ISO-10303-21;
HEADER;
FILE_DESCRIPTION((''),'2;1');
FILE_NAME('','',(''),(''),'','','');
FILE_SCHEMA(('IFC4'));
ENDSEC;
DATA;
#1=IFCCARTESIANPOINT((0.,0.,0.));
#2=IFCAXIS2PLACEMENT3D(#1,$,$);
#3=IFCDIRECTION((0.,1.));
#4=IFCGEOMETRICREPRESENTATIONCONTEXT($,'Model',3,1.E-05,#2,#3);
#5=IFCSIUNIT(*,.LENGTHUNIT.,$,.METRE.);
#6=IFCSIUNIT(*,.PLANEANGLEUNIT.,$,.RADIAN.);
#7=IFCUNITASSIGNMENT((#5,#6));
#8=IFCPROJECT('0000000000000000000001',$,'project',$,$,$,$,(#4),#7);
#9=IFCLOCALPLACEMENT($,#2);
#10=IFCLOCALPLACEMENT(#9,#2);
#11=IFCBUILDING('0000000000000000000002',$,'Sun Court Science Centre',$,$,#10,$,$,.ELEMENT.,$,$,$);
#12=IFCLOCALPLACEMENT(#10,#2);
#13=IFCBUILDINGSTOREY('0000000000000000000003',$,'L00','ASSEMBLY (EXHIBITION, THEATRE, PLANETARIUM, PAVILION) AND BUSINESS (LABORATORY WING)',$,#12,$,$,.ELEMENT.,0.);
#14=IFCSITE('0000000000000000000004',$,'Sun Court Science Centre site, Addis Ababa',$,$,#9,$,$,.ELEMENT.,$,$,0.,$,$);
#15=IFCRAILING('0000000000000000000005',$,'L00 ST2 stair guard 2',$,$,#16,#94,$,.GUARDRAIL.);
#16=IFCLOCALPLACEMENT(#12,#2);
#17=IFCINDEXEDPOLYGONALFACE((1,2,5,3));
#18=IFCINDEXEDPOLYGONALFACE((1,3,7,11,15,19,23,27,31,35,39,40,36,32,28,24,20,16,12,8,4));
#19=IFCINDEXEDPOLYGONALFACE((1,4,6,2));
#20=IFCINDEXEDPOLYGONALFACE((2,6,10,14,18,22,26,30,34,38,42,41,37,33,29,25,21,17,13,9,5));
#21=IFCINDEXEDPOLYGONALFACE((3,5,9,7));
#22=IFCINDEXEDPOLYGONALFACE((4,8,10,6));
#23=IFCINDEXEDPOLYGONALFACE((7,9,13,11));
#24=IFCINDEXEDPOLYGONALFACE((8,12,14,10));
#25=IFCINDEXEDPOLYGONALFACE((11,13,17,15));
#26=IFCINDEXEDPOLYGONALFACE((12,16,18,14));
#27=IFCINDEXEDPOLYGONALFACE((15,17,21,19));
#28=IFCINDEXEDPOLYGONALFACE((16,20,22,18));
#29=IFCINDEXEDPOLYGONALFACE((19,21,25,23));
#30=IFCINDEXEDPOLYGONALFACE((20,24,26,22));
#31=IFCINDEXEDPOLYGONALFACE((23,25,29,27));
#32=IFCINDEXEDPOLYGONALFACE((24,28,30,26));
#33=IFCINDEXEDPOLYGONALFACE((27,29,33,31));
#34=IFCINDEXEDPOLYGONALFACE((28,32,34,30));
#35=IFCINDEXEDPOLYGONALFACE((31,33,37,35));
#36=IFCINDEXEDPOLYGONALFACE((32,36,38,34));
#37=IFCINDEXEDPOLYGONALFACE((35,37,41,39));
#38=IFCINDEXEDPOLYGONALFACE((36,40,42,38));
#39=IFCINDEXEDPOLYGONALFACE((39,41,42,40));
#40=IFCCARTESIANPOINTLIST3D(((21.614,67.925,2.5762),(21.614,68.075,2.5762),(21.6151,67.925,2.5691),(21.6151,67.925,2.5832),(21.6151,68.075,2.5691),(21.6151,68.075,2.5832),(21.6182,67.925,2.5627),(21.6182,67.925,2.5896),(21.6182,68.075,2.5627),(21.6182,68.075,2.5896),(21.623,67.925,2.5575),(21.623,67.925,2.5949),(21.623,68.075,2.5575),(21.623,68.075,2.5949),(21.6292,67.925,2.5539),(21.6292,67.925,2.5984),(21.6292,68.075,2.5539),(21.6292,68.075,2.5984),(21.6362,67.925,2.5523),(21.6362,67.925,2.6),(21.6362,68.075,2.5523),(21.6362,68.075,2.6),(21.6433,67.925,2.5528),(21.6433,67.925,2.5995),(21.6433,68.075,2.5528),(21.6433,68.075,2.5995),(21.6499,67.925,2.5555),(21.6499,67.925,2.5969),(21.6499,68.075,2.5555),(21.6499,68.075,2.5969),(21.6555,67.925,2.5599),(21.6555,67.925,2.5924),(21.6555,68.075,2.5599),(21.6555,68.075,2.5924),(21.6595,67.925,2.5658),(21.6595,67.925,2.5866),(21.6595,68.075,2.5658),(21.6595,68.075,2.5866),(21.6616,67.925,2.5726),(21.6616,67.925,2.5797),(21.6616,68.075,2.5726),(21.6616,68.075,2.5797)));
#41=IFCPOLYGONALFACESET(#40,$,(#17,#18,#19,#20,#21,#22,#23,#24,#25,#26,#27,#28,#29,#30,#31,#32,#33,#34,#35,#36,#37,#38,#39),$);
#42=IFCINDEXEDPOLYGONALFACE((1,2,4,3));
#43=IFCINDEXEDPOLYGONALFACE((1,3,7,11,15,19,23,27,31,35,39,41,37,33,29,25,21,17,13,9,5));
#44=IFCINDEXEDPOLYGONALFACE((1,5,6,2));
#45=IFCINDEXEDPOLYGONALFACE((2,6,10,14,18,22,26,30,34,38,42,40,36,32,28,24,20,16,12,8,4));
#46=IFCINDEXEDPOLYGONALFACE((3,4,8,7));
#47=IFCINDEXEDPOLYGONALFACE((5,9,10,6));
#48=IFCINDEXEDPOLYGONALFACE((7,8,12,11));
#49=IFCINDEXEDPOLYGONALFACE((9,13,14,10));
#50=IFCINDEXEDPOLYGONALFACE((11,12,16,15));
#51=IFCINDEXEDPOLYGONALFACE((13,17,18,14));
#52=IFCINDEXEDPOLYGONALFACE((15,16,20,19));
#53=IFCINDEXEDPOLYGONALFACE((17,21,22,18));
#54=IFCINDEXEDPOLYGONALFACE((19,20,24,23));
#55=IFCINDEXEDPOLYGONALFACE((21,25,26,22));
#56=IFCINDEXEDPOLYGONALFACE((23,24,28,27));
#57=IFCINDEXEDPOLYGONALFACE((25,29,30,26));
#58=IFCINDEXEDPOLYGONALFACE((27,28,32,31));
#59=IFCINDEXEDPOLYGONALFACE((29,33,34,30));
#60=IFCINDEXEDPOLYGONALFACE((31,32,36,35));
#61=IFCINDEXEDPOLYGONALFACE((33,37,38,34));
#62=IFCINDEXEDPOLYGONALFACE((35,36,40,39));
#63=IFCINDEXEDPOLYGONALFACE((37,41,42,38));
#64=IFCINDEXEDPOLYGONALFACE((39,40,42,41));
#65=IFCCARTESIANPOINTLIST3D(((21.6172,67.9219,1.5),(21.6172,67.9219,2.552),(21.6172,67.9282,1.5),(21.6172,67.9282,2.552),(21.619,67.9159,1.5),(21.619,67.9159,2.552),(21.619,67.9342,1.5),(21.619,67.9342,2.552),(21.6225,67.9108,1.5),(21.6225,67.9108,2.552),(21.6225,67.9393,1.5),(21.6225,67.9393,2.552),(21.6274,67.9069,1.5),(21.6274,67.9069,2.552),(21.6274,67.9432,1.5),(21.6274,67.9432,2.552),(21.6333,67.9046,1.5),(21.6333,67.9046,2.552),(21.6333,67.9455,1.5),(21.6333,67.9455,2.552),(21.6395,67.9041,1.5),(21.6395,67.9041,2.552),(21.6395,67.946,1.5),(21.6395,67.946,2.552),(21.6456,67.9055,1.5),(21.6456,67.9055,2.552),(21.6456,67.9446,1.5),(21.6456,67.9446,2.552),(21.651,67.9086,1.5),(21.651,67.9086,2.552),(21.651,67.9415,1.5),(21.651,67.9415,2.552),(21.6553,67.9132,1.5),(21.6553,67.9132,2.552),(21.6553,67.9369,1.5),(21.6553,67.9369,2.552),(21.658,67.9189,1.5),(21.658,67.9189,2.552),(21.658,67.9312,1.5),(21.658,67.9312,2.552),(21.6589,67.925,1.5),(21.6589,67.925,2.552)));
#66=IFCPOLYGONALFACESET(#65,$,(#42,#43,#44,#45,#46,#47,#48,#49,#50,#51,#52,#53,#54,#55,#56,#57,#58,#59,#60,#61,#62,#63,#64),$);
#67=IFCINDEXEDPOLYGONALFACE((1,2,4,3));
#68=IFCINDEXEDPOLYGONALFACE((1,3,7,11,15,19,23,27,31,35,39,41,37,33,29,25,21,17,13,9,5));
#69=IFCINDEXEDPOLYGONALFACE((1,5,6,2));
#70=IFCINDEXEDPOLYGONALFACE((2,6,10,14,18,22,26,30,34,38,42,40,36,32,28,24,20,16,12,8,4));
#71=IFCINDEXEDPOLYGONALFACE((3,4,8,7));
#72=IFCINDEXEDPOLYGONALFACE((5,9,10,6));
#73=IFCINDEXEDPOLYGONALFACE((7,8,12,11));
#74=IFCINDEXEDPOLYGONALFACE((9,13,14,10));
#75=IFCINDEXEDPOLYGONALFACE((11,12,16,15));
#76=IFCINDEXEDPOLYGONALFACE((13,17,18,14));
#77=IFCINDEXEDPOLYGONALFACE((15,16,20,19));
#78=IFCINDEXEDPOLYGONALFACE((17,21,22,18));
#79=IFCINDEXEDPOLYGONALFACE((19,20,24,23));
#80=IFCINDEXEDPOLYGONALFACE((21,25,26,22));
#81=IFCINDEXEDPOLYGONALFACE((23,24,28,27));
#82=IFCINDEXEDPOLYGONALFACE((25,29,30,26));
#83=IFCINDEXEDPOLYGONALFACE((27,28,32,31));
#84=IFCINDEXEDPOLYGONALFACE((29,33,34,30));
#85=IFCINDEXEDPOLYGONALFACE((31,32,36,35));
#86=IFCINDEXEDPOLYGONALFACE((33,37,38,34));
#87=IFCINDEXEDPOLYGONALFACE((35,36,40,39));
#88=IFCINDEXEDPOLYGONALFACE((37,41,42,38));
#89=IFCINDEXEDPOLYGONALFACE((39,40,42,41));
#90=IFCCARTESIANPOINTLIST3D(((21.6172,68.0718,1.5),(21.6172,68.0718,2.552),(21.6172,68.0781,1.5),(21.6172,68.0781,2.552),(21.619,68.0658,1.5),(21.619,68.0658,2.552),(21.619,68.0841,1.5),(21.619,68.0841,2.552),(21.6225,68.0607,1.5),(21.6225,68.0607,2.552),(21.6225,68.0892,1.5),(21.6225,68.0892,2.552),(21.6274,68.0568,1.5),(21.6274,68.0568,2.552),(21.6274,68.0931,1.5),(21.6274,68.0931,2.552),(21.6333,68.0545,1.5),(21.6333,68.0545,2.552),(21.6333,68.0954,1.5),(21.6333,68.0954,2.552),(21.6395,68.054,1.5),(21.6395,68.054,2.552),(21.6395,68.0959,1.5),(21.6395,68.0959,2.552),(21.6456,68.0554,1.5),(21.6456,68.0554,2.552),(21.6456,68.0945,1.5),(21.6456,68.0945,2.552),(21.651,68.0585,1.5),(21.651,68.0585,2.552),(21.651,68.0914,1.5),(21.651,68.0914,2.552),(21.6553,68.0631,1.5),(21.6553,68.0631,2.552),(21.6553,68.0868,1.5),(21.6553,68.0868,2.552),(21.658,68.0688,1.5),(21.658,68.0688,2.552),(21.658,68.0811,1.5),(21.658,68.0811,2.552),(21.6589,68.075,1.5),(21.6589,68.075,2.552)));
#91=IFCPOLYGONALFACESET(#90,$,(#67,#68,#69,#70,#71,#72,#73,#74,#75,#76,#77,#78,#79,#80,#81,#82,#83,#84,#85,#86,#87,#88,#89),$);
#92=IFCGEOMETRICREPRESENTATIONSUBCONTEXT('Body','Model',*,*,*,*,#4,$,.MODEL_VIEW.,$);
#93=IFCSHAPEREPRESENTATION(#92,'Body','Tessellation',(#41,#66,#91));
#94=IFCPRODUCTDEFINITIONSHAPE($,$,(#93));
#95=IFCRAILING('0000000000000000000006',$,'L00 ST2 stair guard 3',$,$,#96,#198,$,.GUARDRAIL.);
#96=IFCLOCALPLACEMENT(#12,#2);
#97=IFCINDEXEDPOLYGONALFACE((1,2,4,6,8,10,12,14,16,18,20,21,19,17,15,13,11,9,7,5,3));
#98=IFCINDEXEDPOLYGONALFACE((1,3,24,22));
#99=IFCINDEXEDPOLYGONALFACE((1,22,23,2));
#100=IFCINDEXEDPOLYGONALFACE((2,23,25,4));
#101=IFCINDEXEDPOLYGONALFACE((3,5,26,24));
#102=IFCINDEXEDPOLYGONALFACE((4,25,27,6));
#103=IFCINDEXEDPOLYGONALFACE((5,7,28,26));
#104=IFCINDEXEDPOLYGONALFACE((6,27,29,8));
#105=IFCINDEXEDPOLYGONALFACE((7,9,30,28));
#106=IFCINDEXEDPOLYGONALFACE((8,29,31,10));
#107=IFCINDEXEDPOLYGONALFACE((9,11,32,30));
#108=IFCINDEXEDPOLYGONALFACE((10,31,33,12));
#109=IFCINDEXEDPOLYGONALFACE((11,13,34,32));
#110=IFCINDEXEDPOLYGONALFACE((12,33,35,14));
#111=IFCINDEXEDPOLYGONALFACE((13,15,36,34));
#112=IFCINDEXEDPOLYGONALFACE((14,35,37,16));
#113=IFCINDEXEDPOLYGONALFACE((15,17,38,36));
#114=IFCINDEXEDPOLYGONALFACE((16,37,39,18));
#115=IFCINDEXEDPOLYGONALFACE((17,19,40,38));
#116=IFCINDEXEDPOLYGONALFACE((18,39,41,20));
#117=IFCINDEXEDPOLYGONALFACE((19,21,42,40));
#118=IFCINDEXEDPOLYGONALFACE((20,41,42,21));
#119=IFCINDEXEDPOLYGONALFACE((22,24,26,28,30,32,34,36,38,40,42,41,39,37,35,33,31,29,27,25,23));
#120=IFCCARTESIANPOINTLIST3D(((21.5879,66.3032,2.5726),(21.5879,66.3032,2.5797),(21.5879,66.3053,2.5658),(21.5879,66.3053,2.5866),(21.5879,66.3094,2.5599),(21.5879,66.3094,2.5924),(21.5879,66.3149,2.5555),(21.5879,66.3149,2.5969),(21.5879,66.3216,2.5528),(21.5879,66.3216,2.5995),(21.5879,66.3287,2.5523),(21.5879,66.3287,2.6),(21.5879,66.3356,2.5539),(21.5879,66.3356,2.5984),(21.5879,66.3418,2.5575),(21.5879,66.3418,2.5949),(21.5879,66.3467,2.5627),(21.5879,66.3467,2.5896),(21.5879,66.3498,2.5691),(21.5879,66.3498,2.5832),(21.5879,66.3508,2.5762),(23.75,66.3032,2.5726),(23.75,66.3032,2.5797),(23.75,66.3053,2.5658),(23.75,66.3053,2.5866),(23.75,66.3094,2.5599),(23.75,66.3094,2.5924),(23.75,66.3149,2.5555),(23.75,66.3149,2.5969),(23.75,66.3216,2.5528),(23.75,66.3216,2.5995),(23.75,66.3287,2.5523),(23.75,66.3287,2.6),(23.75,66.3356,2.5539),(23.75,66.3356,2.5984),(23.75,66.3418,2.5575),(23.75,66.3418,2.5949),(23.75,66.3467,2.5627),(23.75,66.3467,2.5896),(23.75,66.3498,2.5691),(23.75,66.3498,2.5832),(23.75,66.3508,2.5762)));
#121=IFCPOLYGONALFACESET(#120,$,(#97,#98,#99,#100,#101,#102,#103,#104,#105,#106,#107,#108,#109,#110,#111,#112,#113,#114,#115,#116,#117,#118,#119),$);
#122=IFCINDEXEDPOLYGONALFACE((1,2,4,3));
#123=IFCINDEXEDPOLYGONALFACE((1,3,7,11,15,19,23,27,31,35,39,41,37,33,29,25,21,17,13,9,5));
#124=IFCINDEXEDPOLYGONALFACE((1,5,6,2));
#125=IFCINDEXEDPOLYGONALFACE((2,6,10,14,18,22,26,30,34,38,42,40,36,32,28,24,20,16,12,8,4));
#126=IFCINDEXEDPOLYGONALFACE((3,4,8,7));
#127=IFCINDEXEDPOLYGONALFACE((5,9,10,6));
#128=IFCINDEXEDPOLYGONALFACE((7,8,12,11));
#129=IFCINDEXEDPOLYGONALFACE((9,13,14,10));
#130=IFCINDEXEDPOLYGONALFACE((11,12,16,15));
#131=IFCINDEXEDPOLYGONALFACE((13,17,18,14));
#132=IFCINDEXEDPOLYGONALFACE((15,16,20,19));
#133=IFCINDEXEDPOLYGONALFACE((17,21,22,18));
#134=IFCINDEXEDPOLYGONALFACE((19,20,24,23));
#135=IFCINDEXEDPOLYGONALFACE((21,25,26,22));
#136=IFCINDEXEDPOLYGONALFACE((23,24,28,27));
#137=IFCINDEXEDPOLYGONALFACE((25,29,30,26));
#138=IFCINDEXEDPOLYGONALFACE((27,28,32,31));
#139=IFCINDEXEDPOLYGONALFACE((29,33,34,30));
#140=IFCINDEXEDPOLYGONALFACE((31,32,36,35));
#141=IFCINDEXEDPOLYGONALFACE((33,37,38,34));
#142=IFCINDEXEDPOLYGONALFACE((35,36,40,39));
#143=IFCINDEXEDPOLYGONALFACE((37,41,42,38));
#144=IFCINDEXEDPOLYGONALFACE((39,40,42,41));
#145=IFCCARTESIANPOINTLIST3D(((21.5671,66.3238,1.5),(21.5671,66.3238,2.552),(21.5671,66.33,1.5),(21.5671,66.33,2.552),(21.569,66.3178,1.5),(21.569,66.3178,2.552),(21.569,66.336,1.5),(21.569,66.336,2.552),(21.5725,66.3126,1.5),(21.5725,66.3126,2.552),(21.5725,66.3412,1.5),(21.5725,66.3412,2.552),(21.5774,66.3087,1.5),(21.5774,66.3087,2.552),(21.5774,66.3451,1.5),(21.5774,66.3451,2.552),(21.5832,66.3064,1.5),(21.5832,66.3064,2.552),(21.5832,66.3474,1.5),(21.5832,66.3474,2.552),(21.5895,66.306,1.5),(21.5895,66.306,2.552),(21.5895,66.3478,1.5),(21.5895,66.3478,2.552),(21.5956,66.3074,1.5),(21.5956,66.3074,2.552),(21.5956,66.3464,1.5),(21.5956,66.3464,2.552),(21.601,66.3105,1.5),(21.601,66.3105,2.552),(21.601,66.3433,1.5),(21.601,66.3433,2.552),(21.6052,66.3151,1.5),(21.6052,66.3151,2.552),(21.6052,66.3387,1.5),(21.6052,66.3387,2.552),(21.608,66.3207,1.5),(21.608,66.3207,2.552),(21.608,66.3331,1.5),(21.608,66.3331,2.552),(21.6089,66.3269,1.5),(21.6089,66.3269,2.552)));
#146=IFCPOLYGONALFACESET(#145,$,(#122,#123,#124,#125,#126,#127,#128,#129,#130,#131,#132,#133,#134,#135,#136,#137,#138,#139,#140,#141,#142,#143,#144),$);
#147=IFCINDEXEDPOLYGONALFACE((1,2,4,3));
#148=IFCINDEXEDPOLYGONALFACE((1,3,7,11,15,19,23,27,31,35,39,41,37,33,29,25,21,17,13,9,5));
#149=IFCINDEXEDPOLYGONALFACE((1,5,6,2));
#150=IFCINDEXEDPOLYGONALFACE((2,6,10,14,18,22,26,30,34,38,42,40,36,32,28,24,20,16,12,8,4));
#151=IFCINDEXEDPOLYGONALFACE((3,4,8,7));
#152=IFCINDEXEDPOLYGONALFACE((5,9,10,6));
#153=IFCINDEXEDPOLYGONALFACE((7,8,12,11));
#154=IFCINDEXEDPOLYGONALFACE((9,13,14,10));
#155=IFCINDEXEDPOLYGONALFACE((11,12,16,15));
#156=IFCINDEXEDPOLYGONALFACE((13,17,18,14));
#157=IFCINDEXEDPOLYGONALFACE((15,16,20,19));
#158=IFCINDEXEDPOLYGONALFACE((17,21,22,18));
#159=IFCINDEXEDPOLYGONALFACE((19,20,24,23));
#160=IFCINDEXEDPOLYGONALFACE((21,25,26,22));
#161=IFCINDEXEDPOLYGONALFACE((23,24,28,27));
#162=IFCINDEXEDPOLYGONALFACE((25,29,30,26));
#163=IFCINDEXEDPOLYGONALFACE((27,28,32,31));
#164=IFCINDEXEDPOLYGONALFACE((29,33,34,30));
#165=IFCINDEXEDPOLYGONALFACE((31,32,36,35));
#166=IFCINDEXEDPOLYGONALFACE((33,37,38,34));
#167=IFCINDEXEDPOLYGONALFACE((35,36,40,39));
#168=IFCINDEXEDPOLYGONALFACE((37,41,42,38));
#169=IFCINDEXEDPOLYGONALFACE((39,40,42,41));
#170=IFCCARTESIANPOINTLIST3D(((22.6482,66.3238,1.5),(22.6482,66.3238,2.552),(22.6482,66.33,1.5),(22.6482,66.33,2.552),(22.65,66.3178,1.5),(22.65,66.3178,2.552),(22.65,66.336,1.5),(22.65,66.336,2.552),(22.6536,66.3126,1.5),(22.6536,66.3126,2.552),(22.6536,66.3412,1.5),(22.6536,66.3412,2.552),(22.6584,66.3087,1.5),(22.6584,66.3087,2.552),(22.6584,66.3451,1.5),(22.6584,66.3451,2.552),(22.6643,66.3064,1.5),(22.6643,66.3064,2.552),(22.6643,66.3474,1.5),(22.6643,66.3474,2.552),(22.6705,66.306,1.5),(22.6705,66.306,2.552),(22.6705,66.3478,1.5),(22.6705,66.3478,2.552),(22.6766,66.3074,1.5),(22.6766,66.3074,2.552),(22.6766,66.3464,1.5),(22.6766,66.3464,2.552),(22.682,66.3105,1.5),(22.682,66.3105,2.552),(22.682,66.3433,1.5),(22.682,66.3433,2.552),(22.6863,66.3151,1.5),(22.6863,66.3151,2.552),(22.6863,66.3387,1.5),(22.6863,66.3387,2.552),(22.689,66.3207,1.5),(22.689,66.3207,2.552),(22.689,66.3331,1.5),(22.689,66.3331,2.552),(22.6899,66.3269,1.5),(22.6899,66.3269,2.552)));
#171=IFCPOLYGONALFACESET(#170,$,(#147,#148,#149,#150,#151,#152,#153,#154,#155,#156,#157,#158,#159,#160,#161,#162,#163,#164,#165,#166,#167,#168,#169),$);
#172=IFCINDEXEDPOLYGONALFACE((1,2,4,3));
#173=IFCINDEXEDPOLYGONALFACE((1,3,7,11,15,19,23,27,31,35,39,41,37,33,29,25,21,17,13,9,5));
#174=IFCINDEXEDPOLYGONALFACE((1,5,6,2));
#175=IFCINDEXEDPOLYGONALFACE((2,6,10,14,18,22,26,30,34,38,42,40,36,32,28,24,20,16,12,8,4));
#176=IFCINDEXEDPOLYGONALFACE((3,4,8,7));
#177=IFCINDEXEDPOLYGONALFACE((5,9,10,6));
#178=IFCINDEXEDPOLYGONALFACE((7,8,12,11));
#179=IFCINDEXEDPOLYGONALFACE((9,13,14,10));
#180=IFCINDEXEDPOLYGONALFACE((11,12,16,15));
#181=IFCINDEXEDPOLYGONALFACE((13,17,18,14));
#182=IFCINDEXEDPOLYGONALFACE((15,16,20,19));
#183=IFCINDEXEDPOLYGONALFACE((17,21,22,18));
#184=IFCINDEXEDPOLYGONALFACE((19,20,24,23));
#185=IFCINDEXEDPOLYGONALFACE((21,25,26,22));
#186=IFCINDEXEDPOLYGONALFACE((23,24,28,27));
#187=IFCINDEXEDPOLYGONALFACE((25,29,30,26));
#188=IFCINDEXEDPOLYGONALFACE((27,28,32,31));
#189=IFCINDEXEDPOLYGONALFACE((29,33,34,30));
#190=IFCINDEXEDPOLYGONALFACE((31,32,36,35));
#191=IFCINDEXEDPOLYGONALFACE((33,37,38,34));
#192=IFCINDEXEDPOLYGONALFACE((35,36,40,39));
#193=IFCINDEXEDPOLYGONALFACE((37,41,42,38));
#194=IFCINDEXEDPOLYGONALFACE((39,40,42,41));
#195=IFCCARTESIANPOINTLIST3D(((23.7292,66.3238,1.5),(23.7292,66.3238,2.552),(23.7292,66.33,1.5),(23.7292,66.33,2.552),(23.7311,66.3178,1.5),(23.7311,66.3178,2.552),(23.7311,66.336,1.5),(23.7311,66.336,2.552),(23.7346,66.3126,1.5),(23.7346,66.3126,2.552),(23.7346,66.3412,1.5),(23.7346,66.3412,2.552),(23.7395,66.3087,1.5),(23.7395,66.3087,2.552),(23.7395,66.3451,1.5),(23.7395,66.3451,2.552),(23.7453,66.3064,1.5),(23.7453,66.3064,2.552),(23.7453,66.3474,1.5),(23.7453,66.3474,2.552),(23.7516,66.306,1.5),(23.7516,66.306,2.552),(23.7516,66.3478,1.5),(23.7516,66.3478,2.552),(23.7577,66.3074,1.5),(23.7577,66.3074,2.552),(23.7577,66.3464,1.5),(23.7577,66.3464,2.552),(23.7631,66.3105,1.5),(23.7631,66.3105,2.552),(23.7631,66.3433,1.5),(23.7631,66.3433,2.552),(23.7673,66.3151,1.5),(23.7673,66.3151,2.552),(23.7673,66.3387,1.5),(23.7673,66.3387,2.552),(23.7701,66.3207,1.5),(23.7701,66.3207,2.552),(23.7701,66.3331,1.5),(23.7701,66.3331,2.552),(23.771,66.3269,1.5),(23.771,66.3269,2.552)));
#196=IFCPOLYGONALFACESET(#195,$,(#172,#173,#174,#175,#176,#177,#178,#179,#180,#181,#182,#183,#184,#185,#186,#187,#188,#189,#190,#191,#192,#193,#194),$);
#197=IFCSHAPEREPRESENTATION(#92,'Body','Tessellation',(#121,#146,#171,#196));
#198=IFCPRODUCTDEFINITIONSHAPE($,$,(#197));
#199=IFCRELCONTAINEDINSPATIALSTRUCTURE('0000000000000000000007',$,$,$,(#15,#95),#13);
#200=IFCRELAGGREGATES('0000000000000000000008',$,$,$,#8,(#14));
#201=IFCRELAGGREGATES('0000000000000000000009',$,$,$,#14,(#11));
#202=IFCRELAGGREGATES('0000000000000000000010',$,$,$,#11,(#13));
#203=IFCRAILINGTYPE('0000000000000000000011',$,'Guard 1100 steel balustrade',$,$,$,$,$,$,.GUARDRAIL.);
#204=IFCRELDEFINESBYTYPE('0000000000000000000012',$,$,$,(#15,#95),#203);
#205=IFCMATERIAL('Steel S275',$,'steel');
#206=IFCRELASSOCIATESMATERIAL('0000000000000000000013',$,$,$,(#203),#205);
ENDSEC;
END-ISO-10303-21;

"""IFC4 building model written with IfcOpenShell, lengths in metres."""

from ifc_helpers import new_model, si_unit, direction, frame, origin, origin_2d, place, context, subcontext, project, spatial, circle, extrude, material, type_object, element, save


model = new_model("IFC4")

# Units and contexts
model_context = context("Model", 3, precision=1e-05, world=origin(), true_north=direction((0.0, 1.0)))
body_context = subcontext(model_context, "Body", "Model", "MODEL_VIEW")
ifc_project = project(units=[si_unit("LENGTHUNIT", "METRE"), si_unit("PLANEANGLEUNIT", "RADIAN")], contexts=[model_context])

# Site, building, storey
site_placement = place(None, origin())
site = spatial("IfcSite", under=ifc_project, at=site_placement, Name="Sun Court Science Centre site, Addis Ababa", CompositionType="ELEMENT", RefElevation=0.0)
building_placement = place(site_placement, origin())
building = spatial("IfcBuilding", under=site, at=building_placement, Name="Sun Court Science Centre", CompositionType="ELEMENT")
storey_placement = place(building_placement, origin())
storey = spatial("IfcBuildingStorey", under=building, at=storey_placement, Name="L00", Description="ASSEMBLY (EXHIBITION, THEATRE, PLANETARIUM, PAVILION) AND BUSINESS (LABORATORY WING)", CompositionType="ELEMENT", Elevation=0.0)

# Railings
ifc_material_1 = material(Name="Steel S275", Category="steel")
railing_type = type_object("IfcRailingType", Name="Guard 1100 steel balustrade", PredefinedType="GUARDRAIL", material=ifc_material_1)
railing_1_placement = place(storey_placement, frame((21.6379, 67.925, 1.5)))
element("IfcRailing", 1, at=railing_1_placement, inside=storey, type_object=railing_type, Name="L00 ST2 stair guard 2", PredefinedType="GUARDRAIL", context=body_context, shape_type="SweptSolid", body=[
    extrude(circle(Radius=0.0239, at=origin_2d()), frame((0.0, 0.0, 1.0762), z_axis=(0.0, 1.0, 0.0), x_axis=(-1.0, 0.0, 0.0)), (0.0, 0.0, 1.0), 0.1499),
    extrude(circle(Radius=0.021, at=origin_2d()), origin(), (0.0, 0.0, 1.0), 1.052),
    extrude(circle(Radius=0.021, at=origin_2d()), frame((0.0, 0.1499, 0.0)), (0.0, 0.0, 1.0), 1.052),
])
for number, where, name in (
    (2, (21.5879, 66.3269, 1.5), "L00 ST2 stair guard 3"),
):
    element("IfcRailing", number, at=place(storey_placement, frame(where)), inside=storey, type_object=railing_type, Name=name, PredefinedType="GUARDRAIL", context=body_context, shape_type="SweptSolid", body=[
        extrude(circle(Radius=0.0239, at=origin_2d()), frame((0.0, 0.0, 1.0762), z_axis=(1.0, 0.0, 0.0), x_axis=(0.0, 1.0, 0.0)), (0.0, 0.0, 1.0), 2.1621),
        extrude(circle(Radius=0.021, at=origin_2d()), origin(), (0.0, 0.0, 1.0), 1.052),
        extrude(circle(Radius=0.021, at=origin_2d()), frame((1.0811, 0.0, 0.0)), (0.0, 0.0, 1.0), 1.052),
        extrude(circle(Radius=0.021, at=origin_2d()), frame((2.1621, 0.0, 0.0)), (0.0, 0.0, 1.0), 1.052),
    ])

save(model, "model.ifc")
